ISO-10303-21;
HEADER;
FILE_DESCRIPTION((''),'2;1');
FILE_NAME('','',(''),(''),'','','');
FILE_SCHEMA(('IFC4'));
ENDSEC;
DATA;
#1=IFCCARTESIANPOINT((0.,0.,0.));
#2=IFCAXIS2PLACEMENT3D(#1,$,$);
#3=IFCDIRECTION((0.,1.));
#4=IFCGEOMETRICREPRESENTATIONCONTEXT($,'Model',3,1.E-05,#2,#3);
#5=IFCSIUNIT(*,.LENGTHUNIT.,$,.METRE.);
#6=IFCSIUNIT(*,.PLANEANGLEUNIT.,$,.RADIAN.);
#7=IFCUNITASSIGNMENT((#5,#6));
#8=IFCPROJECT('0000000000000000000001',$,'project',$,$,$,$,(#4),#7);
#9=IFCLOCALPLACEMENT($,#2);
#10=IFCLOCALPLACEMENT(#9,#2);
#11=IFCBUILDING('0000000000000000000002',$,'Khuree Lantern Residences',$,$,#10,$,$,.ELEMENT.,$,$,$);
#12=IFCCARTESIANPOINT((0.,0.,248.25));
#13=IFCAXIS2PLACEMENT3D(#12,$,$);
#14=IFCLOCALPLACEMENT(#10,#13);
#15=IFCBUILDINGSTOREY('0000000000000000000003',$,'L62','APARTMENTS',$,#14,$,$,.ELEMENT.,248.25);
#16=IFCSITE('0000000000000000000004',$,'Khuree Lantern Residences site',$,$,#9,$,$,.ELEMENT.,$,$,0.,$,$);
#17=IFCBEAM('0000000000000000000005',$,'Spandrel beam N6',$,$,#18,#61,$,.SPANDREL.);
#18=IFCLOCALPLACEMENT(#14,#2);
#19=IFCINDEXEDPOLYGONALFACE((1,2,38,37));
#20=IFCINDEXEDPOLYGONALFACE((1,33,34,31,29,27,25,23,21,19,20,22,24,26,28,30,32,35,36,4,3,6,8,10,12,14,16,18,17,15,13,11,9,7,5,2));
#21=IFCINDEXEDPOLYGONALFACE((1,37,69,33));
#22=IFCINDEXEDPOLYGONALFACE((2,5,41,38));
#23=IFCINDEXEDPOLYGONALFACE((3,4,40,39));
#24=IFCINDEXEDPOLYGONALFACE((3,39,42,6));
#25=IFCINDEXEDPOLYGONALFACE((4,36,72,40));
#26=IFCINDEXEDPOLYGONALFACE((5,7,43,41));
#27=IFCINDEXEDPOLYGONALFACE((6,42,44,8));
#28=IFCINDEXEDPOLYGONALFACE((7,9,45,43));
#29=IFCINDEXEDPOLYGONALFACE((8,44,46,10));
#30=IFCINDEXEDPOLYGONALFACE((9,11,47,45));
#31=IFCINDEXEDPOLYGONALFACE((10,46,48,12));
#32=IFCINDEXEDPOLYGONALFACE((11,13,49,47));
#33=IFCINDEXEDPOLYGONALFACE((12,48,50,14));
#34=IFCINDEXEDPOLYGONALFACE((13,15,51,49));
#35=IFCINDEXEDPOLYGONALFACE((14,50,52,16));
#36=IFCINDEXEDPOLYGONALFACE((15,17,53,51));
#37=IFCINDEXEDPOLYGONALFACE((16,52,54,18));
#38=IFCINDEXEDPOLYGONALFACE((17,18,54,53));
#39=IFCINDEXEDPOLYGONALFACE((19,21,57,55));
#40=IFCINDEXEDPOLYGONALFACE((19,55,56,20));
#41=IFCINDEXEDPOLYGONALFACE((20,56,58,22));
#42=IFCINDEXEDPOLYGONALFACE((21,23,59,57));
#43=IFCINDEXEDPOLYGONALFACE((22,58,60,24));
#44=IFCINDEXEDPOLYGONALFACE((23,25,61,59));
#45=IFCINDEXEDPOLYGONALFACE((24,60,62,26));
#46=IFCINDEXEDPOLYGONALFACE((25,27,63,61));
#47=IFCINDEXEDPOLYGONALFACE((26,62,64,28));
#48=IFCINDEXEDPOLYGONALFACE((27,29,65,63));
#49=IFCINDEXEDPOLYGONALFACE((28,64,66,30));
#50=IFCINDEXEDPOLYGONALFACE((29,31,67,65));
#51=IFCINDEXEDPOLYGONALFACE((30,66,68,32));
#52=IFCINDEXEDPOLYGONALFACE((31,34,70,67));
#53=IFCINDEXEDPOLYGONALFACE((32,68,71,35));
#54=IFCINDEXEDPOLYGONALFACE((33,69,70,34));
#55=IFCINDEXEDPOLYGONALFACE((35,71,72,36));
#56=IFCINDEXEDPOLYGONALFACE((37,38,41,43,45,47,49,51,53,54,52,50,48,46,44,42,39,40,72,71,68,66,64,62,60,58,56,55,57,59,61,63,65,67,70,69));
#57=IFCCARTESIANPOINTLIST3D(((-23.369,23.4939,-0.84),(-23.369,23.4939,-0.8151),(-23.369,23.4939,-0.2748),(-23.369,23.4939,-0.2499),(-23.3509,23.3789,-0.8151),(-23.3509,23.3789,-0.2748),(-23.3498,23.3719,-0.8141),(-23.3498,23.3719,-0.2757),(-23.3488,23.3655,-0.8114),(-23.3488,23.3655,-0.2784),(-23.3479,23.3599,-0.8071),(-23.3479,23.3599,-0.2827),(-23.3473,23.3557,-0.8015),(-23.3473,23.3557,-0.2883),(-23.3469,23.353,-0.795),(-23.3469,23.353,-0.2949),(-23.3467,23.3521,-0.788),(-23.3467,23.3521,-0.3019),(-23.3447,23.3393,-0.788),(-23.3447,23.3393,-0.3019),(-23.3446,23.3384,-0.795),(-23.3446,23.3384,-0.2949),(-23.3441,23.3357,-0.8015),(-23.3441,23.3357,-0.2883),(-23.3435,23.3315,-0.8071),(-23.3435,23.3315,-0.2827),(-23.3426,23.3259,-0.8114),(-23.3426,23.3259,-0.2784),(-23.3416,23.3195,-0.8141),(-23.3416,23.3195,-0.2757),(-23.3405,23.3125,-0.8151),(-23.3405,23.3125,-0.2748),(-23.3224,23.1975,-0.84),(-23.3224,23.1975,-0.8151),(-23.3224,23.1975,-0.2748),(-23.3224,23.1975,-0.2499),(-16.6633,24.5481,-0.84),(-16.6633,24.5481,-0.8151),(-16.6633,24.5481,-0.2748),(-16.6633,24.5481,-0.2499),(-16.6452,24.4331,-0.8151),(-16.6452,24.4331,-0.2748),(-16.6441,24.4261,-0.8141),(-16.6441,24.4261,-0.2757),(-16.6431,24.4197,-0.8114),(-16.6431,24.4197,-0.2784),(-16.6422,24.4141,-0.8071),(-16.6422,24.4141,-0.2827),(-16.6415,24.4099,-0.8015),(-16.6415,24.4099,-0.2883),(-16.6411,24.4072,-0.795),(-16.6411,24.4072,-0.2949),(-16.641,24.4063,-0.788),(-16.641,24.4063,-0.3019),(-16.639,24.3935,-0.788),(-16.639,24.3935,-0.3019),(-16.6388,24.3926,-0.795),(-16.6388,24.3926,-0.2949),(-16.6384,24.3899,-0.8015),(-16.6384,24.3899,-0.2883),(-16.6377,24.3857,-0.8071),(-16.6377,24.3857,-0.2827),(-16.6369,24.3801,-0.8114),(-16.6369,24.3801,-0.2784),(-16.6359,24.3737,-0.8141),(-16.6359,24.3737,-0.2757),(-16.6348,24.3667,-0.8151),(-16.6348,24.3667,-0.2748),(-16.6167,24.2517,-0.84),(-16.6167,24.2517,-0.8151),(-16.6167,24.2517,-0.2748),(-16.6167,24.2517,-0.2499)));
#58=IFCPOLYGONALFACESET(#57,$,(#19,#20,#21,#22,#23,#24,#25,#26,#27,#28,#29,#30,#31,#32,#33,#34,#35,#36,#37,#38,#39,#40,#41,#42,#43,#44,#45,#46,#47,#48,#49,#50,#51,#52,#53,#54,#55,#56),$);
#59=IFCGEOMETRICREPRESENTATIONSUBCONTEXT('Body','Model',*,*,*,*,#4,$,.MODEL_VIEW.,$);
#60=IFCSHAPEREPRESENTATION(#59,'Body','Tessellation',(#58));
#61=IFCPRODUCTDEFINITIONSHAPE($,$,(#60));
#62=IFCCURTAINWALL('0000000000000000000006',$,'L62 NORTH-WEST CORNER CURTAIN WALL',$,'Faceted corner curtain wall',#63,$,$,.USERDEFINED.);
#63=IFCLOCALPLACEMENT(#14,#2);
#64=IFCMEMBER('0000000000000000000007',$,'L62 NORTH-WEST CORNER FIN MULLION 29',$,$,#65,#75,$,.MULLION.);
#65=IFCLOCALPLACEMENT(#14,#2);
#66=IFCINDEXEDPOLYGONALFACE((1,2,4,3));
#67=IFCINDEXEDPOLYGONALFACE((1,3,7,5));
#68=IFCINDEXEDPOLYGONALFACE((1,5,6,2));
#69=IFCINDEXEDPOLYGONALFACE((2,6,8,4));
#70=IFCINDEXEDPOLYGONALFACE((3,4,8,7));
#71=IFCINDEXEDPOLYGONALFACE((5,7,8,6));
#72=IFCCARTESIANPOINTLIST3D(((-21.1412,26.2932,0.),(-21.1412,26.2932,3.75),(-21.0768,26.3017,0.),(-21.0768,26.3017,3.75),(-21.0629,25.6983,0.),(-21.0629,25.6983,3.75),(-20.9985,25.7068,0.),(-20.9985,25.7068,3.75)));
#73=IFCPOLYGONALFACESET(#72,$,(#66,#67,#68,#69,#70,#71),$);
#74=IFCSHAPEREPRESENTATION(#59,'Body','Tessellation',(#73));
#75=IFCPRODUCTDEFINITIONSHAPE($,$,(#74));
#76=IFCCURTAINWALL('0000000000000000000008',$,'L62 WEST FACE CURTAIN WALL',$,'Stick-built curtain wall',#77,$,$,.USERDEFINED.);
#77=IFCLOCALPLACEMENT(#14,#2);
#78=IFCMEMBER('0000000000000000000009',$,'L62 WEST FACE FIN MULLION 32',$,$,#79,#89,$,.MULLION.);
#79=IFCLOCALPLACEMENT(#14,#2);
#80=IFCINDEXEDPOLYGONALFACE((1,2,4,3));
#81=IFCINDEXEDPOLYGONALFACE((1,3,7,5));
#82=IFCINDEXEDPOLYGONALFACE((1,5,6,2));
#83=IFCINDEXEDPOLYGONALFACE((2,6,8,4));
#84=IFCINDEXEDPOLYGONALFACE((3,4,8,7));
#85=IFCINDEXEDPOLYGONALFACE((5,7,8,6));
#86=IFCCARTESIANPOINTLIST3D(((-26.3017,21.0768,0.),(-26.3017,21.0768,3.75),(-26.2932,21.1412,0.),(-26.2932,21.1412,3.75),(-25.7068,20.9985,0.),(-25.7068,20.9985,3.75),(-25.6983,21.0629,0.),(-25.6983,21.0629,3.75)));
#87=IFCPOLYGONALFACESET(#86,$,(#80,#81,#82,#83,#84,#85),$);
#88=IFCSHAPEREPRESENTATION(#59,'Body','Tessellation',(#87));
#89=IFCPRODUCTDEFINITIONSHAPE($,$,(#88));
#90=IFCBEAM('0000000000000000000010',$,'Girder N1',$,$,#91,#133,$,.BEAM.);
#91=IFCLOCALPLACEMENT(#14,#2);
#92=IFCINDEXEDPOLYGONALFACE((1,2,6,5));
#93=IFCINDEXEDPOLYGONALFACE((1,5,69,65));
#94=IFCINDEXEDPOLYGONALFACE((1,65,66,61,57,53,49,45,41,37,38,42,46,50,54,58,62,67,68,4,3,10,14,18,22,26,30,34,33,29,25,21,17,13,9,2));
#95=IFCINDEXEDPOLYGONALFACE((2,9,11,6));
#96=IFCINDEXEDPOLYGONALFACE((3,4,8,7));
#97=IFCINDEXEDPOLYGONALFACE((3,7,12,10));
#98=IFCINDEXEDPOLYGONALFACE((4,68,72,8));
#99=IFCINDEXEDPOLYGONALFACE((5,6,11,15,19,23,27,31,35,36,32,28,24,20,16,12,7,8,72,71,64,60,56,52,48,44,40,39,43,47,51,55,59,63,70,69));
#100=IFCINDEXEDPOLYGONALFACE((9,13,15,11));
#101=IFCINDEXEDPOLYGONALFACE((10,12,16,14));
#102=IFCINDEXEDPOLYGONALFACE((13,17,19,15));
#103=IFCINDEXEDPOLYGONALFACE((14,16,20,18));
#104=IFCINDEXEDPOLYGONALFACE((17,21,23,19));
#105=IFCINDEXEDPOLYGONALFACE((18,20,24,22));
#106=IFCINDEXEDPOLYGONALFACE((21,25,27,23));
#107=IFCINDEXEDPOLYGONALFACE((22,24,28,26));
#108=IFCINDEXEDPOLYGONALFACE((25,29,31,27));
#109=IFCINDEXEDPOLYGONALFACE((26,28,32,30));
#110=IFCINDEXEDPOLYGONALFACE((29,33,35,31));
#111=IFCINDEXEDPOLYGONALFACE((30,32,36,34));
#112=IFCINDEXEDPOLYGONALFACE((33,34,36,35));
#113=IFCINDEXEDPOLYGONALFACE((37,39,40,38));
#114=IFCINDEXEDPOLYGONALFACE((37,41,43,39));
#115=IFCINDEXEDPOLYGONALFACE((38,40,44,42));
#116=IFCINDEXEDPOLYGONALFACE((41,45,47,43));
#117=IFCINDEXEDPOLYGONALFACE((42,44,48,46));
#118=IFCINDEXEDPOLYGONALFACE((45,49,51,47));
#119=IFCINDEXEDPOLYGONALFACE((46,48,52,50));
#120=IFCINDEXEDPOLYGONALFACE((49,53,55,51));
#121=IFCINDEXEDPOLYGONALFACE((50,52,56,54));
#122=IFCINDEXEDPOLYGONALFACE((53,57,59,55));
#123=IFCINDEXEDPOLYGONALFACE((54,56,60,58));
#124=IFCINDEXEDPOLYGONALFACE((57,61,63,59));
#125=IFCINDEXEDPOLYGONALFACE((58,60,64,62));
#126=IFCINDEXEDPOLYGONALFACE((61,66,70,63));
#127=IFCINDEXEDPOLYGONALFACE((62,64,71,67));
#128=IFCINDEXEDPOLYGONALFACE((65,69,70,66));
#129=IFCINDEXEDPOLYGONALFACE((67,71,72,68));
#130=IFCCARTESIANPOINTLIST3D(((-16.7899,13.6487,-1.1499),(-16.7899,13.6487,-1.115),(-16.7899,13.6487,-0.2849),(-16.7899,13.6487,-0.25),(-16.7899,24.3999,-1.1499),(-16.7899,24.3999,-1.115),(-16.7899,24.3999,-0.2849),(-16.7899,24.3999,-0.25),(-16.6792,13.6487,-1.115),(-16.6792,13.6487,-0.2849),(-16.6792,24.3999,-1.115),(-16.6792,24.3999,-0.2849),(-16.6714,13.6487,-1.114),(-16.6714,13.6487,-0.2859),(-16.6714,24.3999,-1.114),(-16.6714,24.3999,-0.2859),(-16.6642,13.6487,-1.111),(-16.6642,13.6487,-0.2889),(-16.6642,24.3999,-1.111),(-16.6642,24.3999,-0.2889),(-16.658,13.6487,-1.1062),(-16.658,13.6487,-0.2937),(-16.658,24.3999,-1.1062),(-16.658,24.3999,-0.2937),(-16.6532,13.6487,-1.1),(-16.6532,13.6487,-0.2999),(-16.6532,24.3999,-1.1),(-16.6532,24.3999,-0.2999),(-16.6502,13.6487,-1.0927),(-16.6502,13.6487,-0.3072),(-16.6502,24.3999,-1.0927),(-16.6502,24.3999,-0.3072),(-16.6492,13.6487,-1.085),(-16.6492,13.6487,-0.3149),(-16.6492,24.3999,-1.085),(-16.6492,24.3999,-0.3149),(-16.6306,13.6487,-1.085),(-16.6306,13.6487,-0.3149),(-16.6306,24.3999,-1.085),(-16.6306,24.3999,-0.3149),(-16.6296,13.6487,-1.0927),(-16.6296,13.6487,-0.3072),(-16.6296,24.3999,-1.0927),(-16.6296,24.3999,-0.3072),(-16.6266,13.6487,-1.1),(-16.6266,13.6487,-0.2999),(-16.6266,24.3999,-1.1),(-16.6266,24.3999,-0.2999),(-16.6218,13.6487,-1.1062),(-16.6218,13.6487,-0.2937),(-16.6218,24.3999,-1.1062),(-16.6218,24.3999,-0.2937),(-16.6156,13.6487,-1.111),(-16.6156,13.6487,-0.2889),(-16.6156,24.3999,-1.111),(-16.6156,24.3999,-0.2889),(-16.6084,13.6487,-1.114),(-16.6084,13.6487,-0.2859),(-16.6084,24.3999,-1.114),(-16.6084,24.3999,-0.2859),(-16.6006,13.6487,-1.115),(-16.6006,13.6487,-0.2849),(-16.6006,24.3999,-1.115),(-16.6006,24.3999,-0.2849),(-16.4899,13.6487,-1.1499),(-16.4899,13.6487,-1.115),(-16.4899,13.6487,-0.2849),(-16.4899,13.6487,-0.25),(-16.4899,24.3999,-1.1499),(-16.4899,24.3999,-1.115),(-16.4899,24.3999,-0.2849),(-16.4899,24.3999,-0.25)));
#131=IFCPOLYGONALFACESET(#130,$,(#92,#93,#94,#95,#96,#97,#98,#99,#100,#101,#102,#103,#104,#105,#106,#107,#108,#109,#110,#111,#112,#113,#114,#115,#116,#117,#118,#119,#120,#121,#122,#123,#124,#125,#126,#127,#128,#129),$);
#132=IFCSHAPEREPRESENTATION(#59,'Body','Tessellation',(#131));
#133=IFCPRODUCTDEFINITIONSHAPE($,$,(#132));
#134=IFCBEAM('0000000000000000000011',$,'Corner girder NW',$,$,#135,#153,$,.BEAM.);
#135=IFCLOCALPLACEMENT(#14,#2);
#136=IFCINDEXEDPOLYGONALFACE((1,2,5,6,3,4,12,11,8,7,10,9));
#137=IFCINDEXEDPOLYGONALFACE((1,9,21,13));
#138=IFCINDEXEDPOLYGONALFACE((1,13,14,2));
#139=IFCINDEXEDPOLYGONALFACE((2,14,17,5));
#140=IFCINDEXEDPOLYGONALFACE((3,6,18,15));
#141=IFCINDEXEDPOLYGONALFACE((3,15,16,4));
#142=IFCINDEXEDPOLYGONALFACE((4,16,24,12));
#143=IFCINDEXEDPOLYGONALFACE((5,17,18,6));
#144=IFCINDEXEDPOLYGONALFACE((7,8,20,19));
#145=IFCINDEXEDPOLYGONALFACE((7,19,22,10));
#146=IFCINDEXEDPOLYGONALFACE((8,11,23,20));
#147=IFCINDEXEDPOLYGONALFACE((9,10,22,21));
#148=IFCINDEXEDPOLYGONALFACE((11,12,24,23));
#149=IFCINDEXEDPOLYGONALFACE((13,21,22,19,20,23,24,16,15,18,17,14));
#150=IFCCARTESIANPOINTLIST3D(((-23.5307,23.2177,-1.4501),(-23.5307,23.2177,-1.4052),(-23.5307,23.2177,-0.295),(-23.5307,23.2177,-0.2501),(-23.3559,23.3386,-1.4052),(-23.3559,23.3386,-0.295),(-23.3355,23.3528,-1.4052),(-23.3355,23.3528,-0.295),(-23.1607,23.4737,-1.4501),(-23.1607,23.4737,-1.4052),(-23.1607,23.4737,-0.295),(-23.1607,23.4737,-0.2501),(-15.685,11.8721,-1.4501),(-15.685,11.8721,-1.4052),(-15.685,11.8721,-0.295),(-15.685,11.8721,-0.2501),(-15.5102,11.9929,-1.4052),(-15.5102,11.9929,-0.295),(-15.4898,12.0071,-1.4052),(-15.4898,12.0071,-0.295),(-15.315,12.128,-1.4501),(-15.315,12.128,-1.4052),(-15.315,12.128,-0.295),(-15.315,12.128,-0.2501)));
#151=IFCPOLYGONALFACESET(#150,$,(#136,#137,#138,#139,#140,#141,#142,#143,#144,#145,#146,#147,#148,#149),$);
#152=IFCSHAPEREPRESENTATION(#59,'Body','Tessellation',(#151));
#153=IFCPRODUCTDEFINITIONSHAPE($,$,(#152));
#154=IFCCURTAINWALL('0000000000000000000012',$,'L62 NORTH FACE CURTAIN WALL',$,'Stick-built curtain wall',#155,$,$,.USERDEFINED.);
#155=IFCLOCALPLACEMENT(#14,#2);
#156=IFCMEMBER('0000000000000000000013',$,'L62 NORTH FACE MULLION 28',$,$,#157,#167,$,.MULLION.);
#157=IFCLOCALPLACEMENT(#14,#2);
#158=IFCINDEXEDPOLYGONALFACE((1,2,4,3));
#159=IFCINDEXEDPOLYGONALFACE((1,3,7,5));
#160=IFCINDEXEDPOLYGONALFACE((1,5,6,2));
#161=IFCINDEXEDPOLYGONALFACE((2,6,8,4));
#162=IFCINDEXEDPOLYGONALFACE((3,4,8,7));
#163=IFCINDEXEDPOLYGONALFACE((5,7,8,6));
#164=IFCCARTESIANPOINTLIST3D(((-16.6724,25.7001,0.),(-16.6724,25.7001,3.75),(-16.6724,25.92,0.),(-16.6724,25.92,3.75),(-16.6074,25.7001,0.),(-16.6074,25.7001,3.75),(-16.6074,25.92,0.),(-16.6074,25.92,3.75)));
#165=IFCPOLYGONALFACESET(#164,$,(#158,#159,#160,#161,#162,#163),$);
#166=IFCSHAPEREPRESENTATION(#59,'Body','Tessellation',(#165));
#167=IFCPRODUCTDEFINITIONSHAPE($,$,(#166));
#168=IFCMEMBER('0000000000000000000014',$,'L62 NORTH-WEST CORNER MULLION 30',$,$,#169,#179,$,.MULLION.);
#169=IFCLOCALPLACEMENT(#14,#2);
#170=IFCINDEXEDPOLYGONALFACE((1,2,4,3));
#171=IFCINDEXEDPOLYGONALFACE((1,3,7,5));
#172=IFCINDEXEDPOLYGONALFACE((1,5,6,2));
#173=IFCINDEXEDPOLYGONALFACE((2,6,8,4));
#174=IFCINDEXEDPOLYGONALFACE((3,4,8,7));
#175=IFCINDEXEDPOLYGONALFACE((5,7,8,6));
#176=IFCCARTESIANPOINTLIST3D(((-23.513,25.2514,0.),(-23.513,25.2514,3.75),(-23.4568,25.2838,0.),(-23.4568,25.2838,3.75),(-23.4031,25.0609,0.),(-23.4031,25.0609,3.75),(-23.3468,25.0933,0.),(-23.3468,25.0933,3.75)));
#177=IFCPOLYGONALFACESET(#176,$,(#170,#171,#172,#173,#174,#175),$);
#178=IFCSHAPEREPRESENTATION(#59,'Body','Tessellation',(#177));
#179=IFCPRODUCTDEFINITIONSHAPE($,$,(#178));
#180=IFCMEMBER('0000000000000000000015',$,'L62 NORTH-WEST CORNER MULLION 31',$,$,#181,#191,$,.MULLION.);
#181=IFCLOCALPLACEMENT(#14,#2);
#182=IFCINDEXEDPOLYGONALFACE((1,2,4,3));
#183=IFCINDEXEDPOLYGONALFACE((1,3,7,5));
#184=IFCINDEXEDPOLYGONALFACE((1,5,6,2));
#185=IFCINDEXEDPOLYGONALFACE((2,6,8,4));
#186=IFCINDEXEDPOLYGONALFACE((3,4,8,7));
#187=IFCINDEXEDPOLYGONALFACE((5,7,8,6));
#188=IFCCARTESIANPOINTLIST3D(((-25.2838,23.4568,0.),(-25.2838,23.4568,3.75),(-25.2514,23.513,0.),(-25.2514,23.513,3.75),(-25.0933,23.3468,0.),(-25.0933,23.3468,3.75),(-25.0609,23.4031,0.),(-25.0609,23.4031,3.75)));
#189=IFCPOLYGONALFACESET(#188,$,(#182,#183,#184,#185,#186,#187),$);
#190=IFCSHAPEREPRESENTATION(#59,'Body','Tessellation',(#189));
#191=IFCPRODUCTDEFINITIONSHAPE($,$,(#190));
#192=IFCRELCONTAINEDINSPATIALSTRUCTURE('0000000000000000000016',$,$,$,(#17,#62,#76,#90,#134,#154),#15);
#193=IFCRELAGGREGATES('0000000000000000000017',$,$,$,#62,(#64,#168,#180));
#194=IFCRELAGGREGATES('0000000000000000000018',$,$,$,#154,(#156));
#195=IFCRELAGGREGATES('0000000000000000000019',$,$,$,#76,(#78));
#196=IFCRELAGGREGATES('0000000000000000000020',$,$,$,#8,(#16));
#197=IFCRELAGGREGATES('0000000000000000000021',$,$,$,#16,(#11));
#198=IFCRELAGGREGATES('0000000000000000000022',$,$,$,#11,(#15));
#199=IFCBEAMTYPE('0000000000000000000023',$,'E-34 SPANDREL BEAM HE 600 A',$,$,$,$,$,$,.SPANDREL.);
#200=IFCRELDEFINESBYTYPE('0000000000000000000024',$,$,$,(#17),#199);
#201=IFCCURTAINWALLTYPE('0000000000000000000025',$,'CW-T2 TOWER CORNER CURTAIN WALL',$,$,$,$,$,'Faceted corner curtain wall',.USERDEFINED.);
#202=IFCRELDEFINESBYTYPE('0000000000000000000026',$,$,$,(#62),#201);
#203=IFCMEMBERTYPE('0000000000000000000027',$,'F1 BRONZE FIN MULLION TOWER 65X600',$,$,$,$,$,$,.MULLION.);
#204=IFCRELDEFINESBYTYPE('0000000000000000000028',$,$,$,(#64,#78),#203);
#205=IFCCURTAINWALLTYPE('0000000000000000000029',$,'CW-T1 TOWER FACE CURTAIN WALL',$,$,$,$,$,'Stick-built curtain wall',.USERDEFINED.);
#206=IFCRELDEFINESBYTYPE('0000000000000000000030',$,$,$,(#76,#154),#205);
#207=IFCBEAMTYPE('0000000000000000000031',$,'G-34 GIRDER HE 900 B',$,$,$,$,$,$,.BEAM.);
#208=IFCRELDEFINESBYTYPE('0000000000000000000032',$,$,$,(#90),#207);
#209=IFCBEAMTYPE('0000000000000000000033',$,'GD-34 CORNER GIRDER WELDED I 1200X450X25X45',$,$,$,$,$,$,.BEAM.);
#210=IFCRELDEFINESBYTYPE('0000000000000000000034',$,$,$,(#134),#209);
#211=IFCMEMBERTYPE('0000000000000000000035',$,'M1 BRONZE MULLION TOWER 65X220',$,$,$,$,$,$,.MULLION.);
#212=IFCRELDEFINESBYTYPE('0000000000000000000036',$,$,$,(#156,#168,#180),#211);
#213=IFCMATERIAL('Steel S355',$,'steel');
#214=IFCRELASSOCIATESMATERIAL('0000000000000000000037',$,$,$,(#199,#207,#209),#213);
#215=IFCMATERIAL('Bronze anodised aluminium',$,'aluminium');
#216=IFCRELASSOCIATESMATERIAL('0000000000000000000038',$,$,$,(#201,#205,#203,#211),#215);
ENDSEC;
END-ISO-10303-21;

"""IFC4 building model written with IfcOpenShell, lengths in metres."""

from ifc_helpers import new_model, si_unit, direction, frame, origin, origin_2d, place, context, subcontext, project, spatial, rectangle, i_section, extrude, material, material_profile, profile_set, type_object, element, aggregate, save


model = new_model("IFC4")

# Units and contexts
model_context = context("Model", 3, precision=1e-05, world=origin(), true_north=direction((0.0, 1.0)))
body_context = subcontext(model_context, "Body", "Model", "MODEL_VIEW")
ifc_project = project(units=[si_unit("LENGTHUNIT", "METRE"), si_unit("PLANEANGLEUNIT", "RADIAN")], contexts=[model_context])

# Site, building, storey
site_placement = place(None, origin())
site = spatial("IfcSite", under=ifc_project, at=site_placement, Name="Khuree Lantern Residences site", CompositionType="ELEMENT", RefElevation=0.0)
building_placement = place(site_placement, origin())
building = spatial("IfcBuilding", under=site, at=building_placement, Name="Khuree Lantern Residences", CompositionType="ELEMENT")
storey_placement = place(building_placement, frame((0.0, 0.0, 248.25)))
storey = spatial("IfcBuildingStorey", under=building, at=storey_placement, Name="L62", Description="APARTMENTS", CompositionType="ELEMENT", Elevation=248.25)

# Beam
ifc_material_1 = material(Name="Steel S355", Category="steel")
ifc_material_profile_1 = material_profile(ifc_material_1, i_section(OverallWidth=0.3, OverallDepth=0.5901, WebThickness=0.0129, FlangeThickness=0.0249, FilletRadius=0.0271, at=origin_2d()), Name="HE 600 A")
ifc_profile_set_1 = profile_set([ifc_material_profile_1], Name="Steel S355")
beam_type_1 = type_object("IfcBeamType", Name="E-34 SPANDREL BEAM HE 600 A", PredefinedType="SPANDREL", material=ifc_profile_set_1)
beam_1_placement = place(storey_placement, frame((-23.3457, 23.3457, -0.5449), z_axis=(0.987867, 0.1553, 0.0), x_axis=(-0.1553, 0.987867, 0.0)))
element("IfcBeam", 1, at=beam_1_placement, inside=storey, type_object=beam_type_1, Name="Spandrel beam N6", PredefinedType="SPANDREL", context=body_context, shape_type="SweptSolid", body=[
    extrude(i_section(OverallWidth=0.3, OverallDepth=0.5901, WebThickness=0.0129, FlangeThickness=0.0249, FilletRadius=0.0271, at=origin_2d()), origin(), (0.0, 0.0, 1.0), 6.7881),
])

# Curtain walls, members
ifc_material_2 = material(Name="Bronze anodised aluminium", Category="aluminium")
curtain_wall_type_1 = type_object("IfcCurtainWallType", Name="CW-T2 TOWER CORNER CURTAIN WALL", ElementType="Faceted corner curtain wall", PredefinedType="USERDEFINED", material=ifc_material_2)
curtain_wall_1_placement = place(storey_placement, origin())
curtain_wall_1 = element("IfcCurtainWall", 2, at=curtain_wall_1_placement, inside=storey, type_object=curtain_wall_type_1, Name="L62 NORTH-WEST CORNER CURTAIN WALL", ObjectType="Faceted corner curtain wall", PredefinedType="USERDEFINED")
ifc_material_profile_2 = material_profile(ifc_material_2, rectangle(XDim=0.0649, YDim=0.6001, at=origin_2d()), Name="F1 65X600")
ifc_profile_set_2 = profile_set([ifc_material_profile_2], Name="Bronze anodised aluminium")
member_type_1 = type_object("IfcMemberType", Name="F1 BRONZE FIN MULLION TOWER 65X600", PredefinedType="MULLION", material=ifc_profile_set_2)
member_1_placement = place(storey_placement, frame((-21.0698, 26.0, 0.0), z_axis=(0.0, 0.0, 1.0), x_axis=(-0.991445, -0.130526, 0.0)))
member_1 = element("IfcMember", 3, at=member_1_placement, type_object=member_type_1, Name="L62 NORTH-WEST CORNER FIN MULLION 29", PredefinedType="MULLION", context=body_context, shape_type="SweptSolid", body=[
    extrude(rectangle(XDim=0.0649, YDim=0.6001, at=origin_2d()), origin(), (0.0, 0.0, 1.0), 3.75),
])
curtain_wall_type_2 = type_object("IfcCurtainWallType", Name="CW-T1 TOWER FACE CURTAIN WALL", ElementType="Stick-built curtain wall", PredefinedType="USERDEFINED", material=ifc_material_2)
curtain_wall_2_placement = place(storey_placement, origin())
curtain_wall_2 = element("IfcCurtainWall", 4, at=curtain_wall_2_placement, inside=storey, type_object=curtain_wall_type_2, Name="L62 WEST FACE CURTAIN WALL", ObjectType="Stick-built curtain wall", PredefinedType="USERDEFINED")
member_2_placement = place(storey_placement, frame((-26.0, 21.0698, 0.0), z_axis=(0.0, 0.0, 1.0), x_axis=(-0.130526, -0.991445, 0.0)))
member_2 = element("IfcMember", 5, at=member_2_placement, type_object=member_type_1, Name="L62 WEST FACE FIN MULLION 32", PredefinedType="MULLION", context=body_context, shape_type="SweptSolid", body=[
    extrude(rectangle(XDim=0.0649, YDim=0.6001, at=origin_2d()), origin(), (0.0, 0.0, 1.0), 3.75),
])

# Beams
ifc_material_profile_3 = material_profile(ifc_material_1, i_section(OverallWidth=0.3, OverallDepth=0.8999, WebThickness=0.0186, FlangeThickness=0.0349, FilletRadius=0.03, at=origin_2d()), Name="HE 900 B")
ifc_profile_set_3 = profile_set([ifc_material_profile_3], Name="Steel S355")
beam_type_2 = type_object("IfcBeamType", Name="G-34 GIRDER HE 900 B", PredefinedType="BEAM", material=ifc_profile_set_3)
beam_2_placement = place(storey_placement, frame((-16.6399, 24.3999, -0.7), z_axis=(0.0, -1.0, 0.0), x_axis=(1.0, 0.0, 0.0)))
element("IfcBeam", 6, at=beam_2_placement, inside=storey, type_object=beam_type_2, Name="Girder N1", PredefinedType="BEAM", context=body_context, shape_type="SweptSolid", body=[
    extrude(i_section(OverallWidth=0.3, OverallDepth=0.8999, WebThickness=0.0186, FlangeThickness=0.0349, FilletRadius=0.03, at=origin_2d()), origin(), (0.0, 0.0, 1.0), 10.7512),
])
ifc_material_profile_4 = material_profile(ifc_material_1, i_section(OverallWidth=0.45, OverallDepth=1.2, WebThickness=0.0249, FlangeThickness=0.0449, at=origin_2d()), Name="WELDED I 1200X450X25X45")
ifc_profile_set_4 = profile_set([ifc_material_profile_4], Name="Steel S355")
beam_type_3 = type_object("IfcBeamType", Name="GD-34 CORNER GIRDER WELDED I 1200X450X25X45", PredefinedType="BEAM", material=ifc_profile_set_4)
beam_3_placement = place(storey_placement, frame((-23.3457, 23.3457, -0.8501), z_axis=(0.568768, -0.822498, 0.0), x_axis=(0.822498, 0.568768, 0.0)))
element("IfcBeam", 7, at=beam_3_placement, inside=storey, type_object=beam_type_3, Name="Corner girder NW", PredefinedType="BEAM", context=body_context, shape_type="SweptSolid", body=[
    extrude(i_section(OverallWidth=0.45, OverallDepth=1.2, WebThickness=0.0249, FlangeThickness=0.0449, at=origin_2d()), origin(), (0.0, 0.0, 1.0), 13.7942),
])

# Curtain wall, member
curtain_wall_3_placement = place(storey_placement, origin())
curtain_wall_3 = element("IfcCurtainWall", 8, at=curtain_wall_3_placement, inside=storey, type_object=curtain_wall_type_2, Name="L62 NORTH FACE CURTAIN WALL", ObjectType="Stick-built curtain wall", PredefinedType="USERDEFINED")
ifc_material_profile_5 = material_profile(ifc_material_2, rectangle(XDim=0.0649, YDim=0.22, at=origin_2d()), Name="M1 65X220")
ifc_profile_set_5 = profile_set([ifc_material_profile_5], Name="Bronze anodised aluminium")
member_type_2 = type_object("IfcMemberType", Name="M1 BRONZE MULLION TOWER 65X220", PredefinedType="MULLION", material=ifc_profile_set_5)
member_3_placement = place(storey_placement, frame((-16.6399, 25.8101, 0.0), z_axis=(0.0, 0.0, 1.0), x_axis=(-1.0, 0.0, 0.0)))
member_3 = element("IfcMember", 9, at=member_3_placement, type_object=member_type_2, Name="L62 NORTH FACE MULLION 28", PredefinedType="MULLION", context=body_context, shape_type="SweptSolid", body=[
    extrude(rectangle(XDim=0.0649, YDim=0.22, at=origin_2d()), origin(), (0.0, 0.0, 1.0), 3.75),
])

# Members
member_4_placement = place(storey_placement, frame((-23.4299, 25.1724, 0.0), z_axis=(0.0, 0.0, 1.0), x_axis=(-0.866025, -0.5, 0.0)))
member_4 = element("IfcMember", 10, at=member_4_placement, type_object=member_type_2, Name="L62 NORTH-WEST CORNER MULLION 30", PredefinedType="MULLION", context=body_context, shape_type="SweptSolid", body=[
    extrude(rectangle(XDim=0.0649, YDim=0.22, at=origin_2d()), origin(), (0.0, 0.0, 1.0), 3.75),
])
member_5_placement = place(storey_placement, frame((-25.1724, 23.4299, 0.0), z_axis=(0.0, 0.0, 1.0), x_axis=(-0.5, -0.866025, 0.0)))
member_5 = element("IfcMember", 11, at=member_5_placement, type_object=member_type_2, Name="L62 NORTH-WEST CORNER MULLION 31", PredefinedType="MULLION", context=body_context, shape_type="SweptSolid", body=[
    extrude(rectangle(XDim=0.0649, YDim=0.22, at=origin_2d()), origin(), (0.0, 0.0, 1.0), 3.75),
])

aggregate(curtain_wall_1, [member_1, member_4, member_5])
aggregate(curtain_wall_3, [member_3])
aggregate(curtain_wall_2, [member_2])

save(model, "model.ifc")
